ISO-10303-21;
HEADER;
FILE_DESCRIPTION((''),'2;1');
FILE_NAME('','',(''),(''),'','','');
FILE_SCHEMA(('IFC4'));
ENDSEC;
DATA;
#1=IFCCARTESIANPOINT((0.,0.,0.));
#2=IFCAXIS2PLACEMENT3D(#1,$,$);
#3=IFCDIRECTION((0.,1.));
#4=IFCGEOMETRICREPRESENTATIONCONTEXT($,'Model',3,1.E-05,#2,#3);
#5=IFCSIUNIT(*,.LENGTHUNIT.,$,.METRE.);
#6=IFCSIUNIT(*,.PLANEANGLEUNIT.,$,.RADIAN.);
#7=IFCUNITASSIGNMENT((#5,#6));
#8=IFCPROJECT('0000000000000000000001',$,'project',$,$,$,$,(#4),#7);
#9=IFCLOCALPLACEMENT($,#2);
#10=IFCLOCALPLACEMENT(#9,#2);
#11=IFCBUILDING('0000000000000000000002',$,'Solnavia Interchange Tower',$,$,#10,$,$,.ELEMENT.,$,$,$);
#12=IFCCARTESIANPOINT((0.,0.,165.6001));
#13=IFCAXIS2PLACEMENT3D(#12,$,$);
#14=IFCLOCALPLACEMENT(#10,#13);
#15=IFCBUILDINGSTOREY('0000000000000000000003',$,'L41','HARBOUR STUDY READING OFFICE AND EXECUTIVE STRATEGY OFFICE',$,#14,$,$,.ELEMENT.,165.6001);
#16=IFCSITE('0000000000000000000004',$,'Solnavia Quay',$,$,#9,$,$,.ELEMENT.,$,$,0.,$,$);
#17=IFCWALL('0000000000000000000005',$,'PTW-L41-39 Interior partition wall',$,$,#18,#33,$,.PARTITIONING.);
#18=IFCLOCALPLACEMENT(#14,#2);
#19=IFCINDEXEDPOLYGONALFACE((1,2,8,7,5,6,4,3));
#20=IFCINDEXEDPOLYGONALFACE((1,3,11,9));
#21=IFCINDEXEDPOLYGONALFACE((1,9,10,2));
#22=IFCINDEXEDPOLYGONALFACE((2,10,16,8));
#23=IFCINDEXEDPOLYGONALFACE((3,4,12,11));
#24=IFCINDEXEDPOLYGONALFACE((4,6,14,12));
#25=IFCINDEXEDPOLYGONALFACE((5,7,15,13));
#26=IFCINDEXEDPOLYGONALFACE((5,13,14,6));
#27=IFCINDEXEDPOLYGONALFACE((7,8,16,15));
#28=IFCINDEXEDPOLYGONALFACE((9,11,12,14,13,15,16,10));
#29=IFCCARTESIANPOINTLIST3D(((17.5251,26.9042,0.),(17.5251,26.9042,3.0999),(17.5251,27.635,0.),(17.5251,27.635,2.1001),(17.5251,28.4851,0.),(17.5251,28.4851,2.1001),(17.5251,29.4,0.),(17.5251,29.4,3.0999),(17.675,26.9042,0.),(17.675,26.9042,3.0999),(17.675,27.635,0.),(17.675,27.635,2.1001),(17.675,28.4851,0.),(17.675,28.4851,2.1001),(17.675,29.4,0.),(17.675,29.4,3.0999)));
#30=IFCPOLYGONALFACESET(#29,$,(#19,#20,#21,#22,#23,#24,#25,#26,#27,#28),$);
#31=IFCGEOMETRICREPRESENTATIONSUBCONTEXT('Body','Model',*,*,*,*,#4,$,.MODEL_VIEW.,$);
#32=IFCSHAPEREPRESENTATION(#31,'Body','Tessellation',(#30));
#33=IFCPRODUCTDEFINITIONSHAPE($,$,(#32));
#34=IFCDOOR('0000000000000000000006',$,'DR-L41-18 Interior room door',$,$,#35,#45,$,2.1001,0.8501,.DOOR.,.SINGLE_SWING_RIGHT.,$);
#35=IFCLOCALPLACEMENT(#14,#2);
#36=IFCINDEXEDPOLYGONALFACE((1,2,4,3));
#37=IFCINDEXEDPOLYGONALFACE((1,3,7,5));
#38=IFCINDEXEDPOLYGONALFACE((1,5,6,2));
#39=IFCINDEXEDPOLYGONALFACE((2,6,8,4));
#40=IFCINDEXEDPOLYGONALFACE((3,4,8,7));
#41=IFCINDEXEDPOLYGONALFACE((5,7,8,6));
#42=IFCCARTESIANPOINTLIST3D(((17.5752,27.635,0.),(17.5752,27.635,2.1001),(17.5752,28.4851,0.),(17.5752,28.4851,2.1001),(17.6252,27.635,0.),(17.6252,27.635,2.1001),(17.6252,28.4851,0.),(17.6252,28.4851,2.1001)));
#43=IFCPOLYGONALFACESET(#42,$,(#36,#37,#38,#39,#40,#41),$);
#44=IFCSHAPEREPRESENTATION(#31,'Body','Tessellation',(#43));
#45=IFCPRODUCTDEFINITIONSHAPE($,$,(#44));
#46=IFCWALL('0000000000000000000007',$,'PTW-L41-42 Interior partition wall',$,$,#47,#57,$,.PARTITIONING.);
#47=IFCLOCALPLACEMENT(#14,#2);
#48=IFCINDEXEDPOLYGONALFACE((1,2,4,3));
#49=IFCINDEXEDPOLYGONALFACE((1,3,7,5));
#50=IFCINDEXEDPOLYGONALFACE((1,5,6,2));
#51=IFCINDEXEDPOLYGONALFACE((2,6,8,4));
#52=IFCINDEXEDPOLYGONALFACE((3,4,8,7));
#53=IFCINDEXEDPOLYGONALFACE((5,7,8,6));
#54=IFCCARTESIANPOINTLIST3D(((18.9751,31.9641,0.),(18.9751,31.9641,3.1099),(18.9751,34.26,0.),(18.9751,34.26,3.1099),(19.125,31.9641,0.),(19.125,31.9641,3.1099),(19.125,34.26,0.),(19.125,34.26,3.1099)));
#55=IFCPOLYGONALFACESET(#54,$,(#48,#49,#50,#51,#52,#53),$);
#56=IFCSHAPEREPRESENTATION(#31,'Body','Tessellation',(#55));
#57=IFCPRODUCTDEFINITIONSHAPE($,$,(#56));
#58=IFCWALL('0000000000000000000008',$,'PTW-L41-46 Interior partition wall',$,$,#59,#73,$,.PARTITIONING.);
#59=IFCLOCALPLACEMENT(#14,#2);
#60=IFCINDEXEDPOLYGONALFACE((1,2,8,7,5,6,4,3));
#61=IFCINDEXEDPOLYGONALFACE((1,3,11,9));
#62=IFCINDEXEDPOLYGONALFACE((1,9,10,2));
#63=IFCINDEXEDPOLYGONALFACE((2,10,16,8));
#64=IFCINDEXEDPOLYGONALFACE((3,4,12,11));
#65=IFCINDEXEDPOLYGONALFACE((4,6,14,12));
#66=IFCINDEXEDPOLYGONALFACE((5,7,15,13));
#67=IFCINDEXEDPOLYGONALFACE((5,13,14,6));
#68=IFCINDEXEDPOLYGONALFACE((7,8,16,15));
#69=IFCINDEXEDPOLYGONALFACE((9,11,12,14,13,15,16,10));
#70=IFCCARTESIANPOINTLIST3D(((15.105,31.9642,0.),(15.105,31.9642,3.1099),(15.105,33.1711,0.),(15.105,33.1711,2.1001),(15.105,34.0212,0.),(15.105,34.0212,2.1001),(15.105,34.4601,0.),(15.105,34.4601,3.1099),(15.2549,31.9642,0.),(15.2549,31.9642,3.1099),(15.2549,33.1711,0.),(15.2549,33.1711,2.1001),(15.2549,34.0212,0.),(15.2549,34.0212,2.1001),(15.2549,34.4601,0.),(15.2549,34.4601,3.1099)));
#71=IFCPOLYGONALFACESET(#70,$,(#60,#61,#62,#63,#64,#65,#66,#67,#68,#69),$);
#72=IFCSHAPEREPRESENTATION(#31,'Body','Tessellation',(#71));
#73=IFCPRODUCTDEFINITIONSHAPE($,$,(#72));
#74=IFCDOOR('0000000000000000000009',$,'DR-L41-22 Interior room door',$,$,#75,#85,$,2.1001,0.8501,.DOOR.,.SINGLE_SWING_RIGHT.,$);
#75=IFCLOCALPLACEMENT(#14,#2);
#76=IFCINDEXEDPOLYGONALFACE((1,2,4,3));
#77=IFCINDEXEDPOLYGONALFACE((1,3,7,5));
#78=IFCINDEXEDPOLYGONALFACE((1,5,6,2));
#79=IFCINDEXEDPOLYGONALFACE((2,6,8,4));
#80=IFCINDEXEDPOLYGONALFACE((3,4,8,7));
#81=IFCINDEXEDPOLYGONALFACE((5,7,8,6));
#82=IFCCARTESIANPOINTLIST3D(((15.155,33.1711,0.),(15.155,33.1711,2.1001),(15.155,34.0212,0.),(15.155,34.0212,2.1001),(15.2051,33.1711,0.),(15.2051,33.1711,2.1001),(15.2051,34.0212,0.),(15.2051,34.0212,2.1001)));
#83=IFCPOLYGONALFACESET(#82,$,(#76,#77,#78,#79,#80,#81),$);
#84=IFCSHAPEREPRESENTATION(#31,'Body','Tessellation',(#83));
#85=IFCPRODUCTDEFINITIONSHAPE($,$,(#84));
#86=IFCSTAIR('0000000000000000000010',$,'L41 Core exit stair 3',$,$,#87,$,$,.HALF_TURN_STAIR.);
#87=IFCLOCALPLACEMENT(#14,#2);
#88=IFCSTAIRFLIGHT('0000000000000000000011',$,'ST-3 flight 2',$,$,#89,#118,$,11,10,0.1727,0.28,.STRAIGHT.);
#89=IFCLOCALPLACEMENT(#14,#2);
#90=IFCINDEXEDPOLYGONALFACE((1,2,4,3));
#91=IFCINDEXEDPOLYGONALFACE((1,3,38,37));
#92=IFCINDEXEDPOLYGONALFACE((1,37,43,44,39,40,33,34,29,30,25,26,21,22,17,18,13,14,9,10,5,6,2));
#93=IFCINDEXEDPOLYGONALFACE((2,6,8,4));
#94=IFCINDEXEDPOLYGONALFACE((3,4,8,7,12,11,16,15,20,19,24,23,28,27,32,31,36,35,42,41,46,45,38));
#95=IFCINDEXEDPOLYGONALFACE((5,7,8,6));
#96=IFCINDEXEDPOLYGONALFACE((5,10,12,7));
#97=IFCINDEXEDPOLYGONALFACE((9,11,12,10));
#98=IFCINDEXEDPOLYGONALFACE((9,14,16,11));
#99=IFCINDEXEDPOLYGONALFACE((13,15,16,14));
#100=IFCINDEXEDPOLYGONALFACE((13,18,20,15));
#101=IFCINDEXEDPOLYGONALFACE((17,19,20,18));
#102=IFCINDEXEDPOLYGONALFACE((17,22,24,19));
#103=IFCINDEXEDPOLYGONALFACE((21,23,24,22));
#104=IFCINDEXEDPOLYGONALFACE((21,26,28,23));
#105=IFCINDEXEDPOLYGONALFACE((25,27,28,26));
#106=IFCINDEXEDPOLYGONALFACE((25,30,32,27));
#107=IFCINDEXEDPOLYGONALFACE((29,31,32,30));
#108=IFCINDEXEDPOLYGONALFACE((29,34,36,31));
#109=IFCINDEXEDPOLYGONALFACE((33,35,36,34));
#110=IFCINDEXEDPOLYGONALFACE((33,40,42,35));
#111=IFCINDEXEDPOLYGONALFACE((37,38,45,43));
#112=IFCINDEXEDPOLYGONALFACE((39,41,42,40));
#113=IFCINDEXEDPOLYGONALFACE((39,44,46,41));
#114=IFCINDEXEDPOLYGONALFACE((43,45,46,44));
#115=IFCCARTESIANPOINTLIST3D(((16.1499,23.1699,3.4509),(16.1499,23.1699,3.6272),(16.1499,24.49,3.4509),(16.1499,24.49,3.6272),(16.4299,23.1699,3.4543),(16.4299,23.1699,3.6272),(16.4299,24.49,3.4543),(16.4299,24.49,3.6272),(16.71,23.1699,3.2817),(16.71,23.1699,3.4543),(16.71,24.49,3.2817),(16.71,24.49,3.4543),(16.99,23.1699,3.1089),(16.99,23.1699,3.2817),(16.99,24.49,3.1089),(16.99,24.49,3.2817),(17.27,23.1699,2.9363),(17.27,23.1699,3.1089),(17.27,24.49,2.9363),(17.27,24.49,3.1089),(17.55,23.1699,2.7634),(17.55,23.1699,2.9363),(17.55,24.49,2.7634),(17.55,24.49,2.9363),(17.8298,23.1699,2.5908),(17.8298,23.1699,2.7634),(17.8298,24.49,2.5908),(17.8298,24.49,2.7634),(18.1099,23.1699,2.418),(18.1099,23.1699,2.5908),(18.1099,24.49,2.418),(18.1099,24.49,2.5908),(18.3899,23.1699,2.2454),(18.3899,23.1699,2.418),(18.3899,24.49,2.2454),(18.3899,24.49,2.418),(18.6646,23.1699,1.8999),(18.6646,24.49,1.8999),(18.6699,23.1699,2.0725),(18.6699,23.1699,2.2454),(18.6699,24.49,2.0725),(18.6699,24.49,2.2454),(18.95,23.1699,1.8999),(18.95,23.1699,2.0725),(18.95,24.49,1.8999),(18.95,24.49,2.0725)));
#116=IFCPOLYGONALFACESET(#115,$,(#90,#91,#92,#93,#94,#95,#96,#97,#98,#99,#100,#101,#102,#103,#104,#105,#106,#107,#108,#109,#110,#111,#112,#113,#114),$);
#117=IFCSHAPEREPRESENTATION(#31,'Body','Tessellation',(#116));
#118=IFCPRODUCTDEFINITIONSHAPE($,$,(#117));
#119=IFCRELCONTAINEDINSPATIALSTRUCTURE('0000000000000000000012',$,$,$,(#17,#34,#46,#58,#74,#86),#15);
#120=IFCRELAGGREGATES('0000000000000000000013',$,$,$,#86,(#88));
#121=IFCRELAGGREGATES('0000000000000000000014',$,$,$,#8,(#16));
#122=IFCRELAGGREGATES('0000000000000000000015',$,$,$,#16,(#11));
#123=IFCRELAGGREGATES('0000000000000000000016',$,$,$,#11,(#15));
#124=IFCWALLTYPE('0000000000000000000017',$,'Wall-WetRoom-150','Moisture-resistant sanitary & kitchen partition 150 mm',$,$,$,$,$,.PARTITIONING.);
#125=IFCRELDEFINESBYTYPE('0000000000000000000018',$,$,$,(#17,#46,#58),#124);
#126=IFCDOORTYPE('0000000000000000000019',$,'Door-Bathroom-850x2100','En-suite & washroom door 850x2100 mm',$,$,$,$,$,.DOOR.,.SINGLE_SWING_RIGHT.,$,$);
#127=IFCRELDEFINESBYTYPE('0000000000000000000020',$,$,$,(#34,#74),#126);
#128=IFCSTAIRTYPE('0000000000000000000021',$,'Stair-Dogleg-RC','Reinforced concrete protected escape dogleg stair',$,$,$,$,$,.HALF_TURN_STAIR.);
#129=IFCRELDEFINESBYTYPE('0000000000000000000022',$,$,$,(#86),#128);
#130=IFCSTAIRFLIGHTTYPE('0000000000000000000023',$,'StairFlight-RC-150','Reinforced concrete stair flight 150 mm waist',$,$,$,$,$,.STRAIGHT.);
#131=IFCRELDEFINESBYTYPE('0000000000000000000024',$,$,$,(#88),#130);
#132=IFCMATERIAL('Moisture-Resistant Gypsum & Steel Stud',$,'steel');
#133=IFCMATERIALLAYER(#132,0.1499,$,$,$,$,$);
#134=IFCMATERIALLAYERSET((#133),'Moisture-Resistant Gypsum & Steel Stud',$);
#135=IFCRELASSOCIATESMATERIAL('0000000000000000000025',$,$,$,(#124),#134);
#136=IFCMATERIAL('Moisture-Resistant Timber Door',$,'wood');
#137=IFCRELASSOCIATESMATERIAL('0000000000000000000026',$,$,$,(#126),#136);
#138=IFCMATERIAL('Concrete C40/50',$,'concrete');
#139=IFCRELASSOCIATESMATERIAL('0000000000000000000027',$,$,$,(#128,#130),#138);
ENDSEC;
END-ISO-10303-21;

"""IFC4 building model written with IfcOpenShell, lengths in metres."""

from ifc_helpers import new_model, si_unit, direction, frame, frame_2d, origin, place, context, subcontext, project, spatial, polyline, rectangle, outline, extrude, material, layer, layer_set, type_object, element, fill, aggregate, save


model = new_model("IFC4")

# Units and contexts
model_context = context("Model", 3, precision=1e-05, world=origin(), true_north=direction((0.0, 1.0)))
body_context = subcontext(model_context, "Body", "Model", "MODEL_VIEW")
ifc_project = project(units=[si_unit("LENGTHUNIT", "METRE"), si_unit("PLANEANGLEUNIT", "RADIAN")], contexts=[model_context])

# Site, building, storey
site_placement = place(None, origin())
site = spatial("IfcSite", under=ifc_project, at=site_placement, Name="Solnavia Quay", CompositionType="ELEMENT", RefElevation=0.0)
building_placement = place(site_placement, origin())
building = spatial("IfcBuilding", under=site, at=building_placement, Name="Solnavia Interchange Tower", CompositionType="ELEMENT")
storey_placement = place(building_placement, frame((0.0, 0.0, 165.6001)))
storey = spatial("IfcBuildingStorey", under=building, at=storey_placement, Name="L41", Description="HARBOUR STUDY READING OFFICE AND EXECUTIVE STRATEGY OFFICE", CompositionType="ELEMENT", Elevation=165.6001)

# Shared definitions
ifc_material_1 = material(Name="Concrete C40/50", Category="concrete")
ifc_material_2 = material(Name="Moisture-Resistant Gypsum & Steel Stud", Category="steel")
ifc_layer_1 = layer(ifc_material_2, 0.1499)
ifc_layer_set_1 = layer_set([ifc_layer_1], Name="Moisture-Resistant Gypsum & Steel Stud")
wall_type_1 = type_object("IfcWallType", Name="Wall-WetRoom-150", Description="Moisture-resistant sanitary & kitchen partition 150 mm", PredefinedType="PARTITIONING", material=ifc_layer_set_1)

# Wall, opening, door
ifc_material_3 = material(Name="Moisture-Resistant Timber Door", Category="wood")
door_type_1 = type_object("IfcDoorType", Name="Door-Bathroom-850x2100", Description="En-suite & washroom door 850x2100 mm", OperationType="SINGLE_SWING_RIGHT", PredefinedType="DOOR", material=ifc_material_3)
wall_1_placement = place(storey_placement, frame((17.6001, 26.9041, 0.0), z_axis=(0.0, 0.0, 1.0), x_axis=(0.0, 1.0, 0.0)))
wall_1 = element("IfcWall", 1, at=wall_1_placement, inside=storey, type_object=wall_type_1, Name="PTW-L41-39 Interior partition wall", PredefinedType="PARTITIONING", context=body_context, shape_type="SweptSolid", body=[
    extrude(rectangle(XDim=2.4958, YDim=0.1499, at=frame_2d((1.248, 0.0))), origin(), (0.0, 0.0, 1.0), 3.0999),
])
opening_1_placement = place(wall_1_placement, frame((0.731, 0.0, 0.0)))
opening_1 = element("IfcOpeningElement", 2, at=opening_1_placement, cuts=wall_1, PredefinedType="OPENING", context=body_context, shape_type="SweptSolid", body=[
    extrude(rectangle(XDim=0.8501, YDim=2.1001, at=frame_2d((0.425, 1.05))), frame((0.0, 0.085, 0.0), z_axis=(0.0, -1.0, 0.0), x_axis=(1.0, 0.0, 0.0)), (0.0, 0.0, 1.0), 0.1699),
])
door_1_placement = place(opening_1_placement, origin())
door_1 = element("IfcDoor", 3, at=door_1_placement, inside=storey, type_object=door_type_1, Name="DR-L41-18 Interior room door", OperationType="SINGLE_SWING_RIGHT", OverallHeight=2.1001, OverallWidth=0.8501, PredefinedType="DOOR", context=body_context, shape_type="SweptSolid", body=[
    extrude(rectangle(XDim=0.8501, YDim=2.1001, at=frame_2d((0.425, 1.05))), frame((0.0, 0.0249, 0.0), z_axis=(0.0, -1.0, 0.0), x_axis=(1.0, 0.0, 0.0)), (0.0, 0.0, 1.0), 0.05),
])
fill(opening_1, door_1)

# Wall
wall_2_placement = place(storey_placement, frame((19.05, 31.9641, 0.0), z_axis=(0.0, 0.0, 1.0), x_axis=(0.0, 1.0, 0.0)))
element("IfcWall", 4, at=wall_2_placement, inside=storey, type_object=wall_type_1, Name="PTW-L41-42 Interior partition wall", PredefinedType="PARTITIONING", context=body_context, shape_type="SweptSolid", body=[
    extrude(rectangle(XDim=2.2959, YDim=0.1499, at=frame_2d((1.1479, 0.0))), origin(), (0.0, 0.0, 1.0), 3.1099),
])

# Wall, opening, door
wall_3_placement = place(storey_placement, frame((15.1799, 31.9641, 0.0), z_axis=(0.0, 0.0, 1.0), x_axis=(0.0, 1.0, 0.0)))
wall_3 = element("IfcWall", 5, at=wall_3_placement, inside=storey, type_object=wall_type_1, Name="PTW-L41-46 Interior partition wall", PredefinedType="PARTITIONING", context=body_context, shape_type="SweptSolid", body=[
    extrude(rectangle(XDim=2.4958, YDim=0.1499, at=frame_2d((1.248, 0.0))), origin(), (0.0, 0.0, 1.0), 3.1099),
])
opening_2_placement = place(wall_3_placement, frame((1.207, 0.0, 0.0)))
opening_2 = element("IfcOpeningElement", 6, at=opening_2_placement, cuts=wall_3, PredefinedType="OPENING", context=body_context, shape_type="SweptSolid", body=[
    extrude(rectangle(XDim=0.8501, YDim=2.1001, at=frame_2d((0.425, 1.05))), frame((0.0, 0.085, 0.0), z_axis=(0.0, -1.0, 0.0), x_axis=(1.0, 0.0, 0.0)), (0.0, 0.0, 1.0), 0.1699),
])
door_2_placement = place(opening_2_placement, origin())
door_2 = element("IfcDoor", 7, at=door_2_placement, inside=storey, type_object=door_type_1, Name="DR-L41-22 Interior room door", OperationType="SINGLE_SWING_RIGHT", OverallHeight=2.1001, OverallWidth=0.8501, PredefinedType="DOOR", context=body_context, shape_type="SweptSolid", body=[
    extrude(rectangle(XDim=0.8501, YDim=2.1001, at=frame_2d((0.425, 1.05))), frame((0.0, 0.0249, 0.0), z_axis=(0.0, -1.0, 0.0), x_axis=(1.0, 0.0, 0.0)), (0.0, 0.0, 1.0), 0.05),
])
fill(opening_2, door_2)

# Stair, stair flight
stair_type = type_object("IfcStairType", Name="Stair-Dogleg-RC", Description="Reinforced concrete protected escape dogleg stair", PredefinedType="HALF_TURN_STAIR", material=ifc_material_1)
stair_placement = place(storey_placement, origin())
stair = element("IfcStair", 8, at=stair_placement, inside=storey, type_object=stair_type, Name="L41 Core exit stair 3", PredefinedType="HALF_TURN_STAIR")
stair_flight_type = type_object("IfcStairFlightType", Name="StairFlight-RC-150", Description="Reinforced concrete stair flight 150 mm waist", PredefinedType="STRAIGHT", material=ifc_material_1)
stair_flight_placement = place(storey_placement, frame((18.95, 23.8301, 1.8999), z_axis=(0.0, 0.0, 1.0), x_axis=(-1.0, 0.0, 0.0)))
stair_flight = element("IfcStairFlight", 9, at=stair_flight_placement, type_object=stair_flight_type, Name="ST-3 flight 2", NumberOfRisers=11, NumberOfTreads=10, PredefinedType="STRAIGHT", RiserHeight=0.1727, TreadLength=0.28, context=body_context, shape_type="SweptSolid", body=[
    extrude(outline(polyline([(0.0, 0.0), (0.0, 0.1726), (0.28, 0.1726), (0.28, 0.3455), (0.5601, 0.3455), (0.5601, 0.5181), (0.8401, 0.5181), (0.8401, 0.6909), (1.1201, 0.6909), (1.1201, 0.8635), (1.3999, 0.8635), (1.3999, 1.0364), (1.6799, 1.0364), (1.6799, 1.209), (1.96, 1.209), (1.96, 1.3818), (2.24, 1.3818), (2.24, 1.5544), (2.52, 1.5544), (2.52, 1.7273), (2.8, 1.7273), (2.8, 1.8999), (2.8, 1.551), (0.2854, 0.0), (0.0, 0.0)])), frame((0.0, 0.6602, 0.0), z_axis=(0.0, -1.0, 0.0), x_axis=(1.0, 0.0, 0.0)), (0.0, 0.0, 1.0), 1.3201),
])
aggregate(stair, [stair_flight])

save(model, "model.ifc")
